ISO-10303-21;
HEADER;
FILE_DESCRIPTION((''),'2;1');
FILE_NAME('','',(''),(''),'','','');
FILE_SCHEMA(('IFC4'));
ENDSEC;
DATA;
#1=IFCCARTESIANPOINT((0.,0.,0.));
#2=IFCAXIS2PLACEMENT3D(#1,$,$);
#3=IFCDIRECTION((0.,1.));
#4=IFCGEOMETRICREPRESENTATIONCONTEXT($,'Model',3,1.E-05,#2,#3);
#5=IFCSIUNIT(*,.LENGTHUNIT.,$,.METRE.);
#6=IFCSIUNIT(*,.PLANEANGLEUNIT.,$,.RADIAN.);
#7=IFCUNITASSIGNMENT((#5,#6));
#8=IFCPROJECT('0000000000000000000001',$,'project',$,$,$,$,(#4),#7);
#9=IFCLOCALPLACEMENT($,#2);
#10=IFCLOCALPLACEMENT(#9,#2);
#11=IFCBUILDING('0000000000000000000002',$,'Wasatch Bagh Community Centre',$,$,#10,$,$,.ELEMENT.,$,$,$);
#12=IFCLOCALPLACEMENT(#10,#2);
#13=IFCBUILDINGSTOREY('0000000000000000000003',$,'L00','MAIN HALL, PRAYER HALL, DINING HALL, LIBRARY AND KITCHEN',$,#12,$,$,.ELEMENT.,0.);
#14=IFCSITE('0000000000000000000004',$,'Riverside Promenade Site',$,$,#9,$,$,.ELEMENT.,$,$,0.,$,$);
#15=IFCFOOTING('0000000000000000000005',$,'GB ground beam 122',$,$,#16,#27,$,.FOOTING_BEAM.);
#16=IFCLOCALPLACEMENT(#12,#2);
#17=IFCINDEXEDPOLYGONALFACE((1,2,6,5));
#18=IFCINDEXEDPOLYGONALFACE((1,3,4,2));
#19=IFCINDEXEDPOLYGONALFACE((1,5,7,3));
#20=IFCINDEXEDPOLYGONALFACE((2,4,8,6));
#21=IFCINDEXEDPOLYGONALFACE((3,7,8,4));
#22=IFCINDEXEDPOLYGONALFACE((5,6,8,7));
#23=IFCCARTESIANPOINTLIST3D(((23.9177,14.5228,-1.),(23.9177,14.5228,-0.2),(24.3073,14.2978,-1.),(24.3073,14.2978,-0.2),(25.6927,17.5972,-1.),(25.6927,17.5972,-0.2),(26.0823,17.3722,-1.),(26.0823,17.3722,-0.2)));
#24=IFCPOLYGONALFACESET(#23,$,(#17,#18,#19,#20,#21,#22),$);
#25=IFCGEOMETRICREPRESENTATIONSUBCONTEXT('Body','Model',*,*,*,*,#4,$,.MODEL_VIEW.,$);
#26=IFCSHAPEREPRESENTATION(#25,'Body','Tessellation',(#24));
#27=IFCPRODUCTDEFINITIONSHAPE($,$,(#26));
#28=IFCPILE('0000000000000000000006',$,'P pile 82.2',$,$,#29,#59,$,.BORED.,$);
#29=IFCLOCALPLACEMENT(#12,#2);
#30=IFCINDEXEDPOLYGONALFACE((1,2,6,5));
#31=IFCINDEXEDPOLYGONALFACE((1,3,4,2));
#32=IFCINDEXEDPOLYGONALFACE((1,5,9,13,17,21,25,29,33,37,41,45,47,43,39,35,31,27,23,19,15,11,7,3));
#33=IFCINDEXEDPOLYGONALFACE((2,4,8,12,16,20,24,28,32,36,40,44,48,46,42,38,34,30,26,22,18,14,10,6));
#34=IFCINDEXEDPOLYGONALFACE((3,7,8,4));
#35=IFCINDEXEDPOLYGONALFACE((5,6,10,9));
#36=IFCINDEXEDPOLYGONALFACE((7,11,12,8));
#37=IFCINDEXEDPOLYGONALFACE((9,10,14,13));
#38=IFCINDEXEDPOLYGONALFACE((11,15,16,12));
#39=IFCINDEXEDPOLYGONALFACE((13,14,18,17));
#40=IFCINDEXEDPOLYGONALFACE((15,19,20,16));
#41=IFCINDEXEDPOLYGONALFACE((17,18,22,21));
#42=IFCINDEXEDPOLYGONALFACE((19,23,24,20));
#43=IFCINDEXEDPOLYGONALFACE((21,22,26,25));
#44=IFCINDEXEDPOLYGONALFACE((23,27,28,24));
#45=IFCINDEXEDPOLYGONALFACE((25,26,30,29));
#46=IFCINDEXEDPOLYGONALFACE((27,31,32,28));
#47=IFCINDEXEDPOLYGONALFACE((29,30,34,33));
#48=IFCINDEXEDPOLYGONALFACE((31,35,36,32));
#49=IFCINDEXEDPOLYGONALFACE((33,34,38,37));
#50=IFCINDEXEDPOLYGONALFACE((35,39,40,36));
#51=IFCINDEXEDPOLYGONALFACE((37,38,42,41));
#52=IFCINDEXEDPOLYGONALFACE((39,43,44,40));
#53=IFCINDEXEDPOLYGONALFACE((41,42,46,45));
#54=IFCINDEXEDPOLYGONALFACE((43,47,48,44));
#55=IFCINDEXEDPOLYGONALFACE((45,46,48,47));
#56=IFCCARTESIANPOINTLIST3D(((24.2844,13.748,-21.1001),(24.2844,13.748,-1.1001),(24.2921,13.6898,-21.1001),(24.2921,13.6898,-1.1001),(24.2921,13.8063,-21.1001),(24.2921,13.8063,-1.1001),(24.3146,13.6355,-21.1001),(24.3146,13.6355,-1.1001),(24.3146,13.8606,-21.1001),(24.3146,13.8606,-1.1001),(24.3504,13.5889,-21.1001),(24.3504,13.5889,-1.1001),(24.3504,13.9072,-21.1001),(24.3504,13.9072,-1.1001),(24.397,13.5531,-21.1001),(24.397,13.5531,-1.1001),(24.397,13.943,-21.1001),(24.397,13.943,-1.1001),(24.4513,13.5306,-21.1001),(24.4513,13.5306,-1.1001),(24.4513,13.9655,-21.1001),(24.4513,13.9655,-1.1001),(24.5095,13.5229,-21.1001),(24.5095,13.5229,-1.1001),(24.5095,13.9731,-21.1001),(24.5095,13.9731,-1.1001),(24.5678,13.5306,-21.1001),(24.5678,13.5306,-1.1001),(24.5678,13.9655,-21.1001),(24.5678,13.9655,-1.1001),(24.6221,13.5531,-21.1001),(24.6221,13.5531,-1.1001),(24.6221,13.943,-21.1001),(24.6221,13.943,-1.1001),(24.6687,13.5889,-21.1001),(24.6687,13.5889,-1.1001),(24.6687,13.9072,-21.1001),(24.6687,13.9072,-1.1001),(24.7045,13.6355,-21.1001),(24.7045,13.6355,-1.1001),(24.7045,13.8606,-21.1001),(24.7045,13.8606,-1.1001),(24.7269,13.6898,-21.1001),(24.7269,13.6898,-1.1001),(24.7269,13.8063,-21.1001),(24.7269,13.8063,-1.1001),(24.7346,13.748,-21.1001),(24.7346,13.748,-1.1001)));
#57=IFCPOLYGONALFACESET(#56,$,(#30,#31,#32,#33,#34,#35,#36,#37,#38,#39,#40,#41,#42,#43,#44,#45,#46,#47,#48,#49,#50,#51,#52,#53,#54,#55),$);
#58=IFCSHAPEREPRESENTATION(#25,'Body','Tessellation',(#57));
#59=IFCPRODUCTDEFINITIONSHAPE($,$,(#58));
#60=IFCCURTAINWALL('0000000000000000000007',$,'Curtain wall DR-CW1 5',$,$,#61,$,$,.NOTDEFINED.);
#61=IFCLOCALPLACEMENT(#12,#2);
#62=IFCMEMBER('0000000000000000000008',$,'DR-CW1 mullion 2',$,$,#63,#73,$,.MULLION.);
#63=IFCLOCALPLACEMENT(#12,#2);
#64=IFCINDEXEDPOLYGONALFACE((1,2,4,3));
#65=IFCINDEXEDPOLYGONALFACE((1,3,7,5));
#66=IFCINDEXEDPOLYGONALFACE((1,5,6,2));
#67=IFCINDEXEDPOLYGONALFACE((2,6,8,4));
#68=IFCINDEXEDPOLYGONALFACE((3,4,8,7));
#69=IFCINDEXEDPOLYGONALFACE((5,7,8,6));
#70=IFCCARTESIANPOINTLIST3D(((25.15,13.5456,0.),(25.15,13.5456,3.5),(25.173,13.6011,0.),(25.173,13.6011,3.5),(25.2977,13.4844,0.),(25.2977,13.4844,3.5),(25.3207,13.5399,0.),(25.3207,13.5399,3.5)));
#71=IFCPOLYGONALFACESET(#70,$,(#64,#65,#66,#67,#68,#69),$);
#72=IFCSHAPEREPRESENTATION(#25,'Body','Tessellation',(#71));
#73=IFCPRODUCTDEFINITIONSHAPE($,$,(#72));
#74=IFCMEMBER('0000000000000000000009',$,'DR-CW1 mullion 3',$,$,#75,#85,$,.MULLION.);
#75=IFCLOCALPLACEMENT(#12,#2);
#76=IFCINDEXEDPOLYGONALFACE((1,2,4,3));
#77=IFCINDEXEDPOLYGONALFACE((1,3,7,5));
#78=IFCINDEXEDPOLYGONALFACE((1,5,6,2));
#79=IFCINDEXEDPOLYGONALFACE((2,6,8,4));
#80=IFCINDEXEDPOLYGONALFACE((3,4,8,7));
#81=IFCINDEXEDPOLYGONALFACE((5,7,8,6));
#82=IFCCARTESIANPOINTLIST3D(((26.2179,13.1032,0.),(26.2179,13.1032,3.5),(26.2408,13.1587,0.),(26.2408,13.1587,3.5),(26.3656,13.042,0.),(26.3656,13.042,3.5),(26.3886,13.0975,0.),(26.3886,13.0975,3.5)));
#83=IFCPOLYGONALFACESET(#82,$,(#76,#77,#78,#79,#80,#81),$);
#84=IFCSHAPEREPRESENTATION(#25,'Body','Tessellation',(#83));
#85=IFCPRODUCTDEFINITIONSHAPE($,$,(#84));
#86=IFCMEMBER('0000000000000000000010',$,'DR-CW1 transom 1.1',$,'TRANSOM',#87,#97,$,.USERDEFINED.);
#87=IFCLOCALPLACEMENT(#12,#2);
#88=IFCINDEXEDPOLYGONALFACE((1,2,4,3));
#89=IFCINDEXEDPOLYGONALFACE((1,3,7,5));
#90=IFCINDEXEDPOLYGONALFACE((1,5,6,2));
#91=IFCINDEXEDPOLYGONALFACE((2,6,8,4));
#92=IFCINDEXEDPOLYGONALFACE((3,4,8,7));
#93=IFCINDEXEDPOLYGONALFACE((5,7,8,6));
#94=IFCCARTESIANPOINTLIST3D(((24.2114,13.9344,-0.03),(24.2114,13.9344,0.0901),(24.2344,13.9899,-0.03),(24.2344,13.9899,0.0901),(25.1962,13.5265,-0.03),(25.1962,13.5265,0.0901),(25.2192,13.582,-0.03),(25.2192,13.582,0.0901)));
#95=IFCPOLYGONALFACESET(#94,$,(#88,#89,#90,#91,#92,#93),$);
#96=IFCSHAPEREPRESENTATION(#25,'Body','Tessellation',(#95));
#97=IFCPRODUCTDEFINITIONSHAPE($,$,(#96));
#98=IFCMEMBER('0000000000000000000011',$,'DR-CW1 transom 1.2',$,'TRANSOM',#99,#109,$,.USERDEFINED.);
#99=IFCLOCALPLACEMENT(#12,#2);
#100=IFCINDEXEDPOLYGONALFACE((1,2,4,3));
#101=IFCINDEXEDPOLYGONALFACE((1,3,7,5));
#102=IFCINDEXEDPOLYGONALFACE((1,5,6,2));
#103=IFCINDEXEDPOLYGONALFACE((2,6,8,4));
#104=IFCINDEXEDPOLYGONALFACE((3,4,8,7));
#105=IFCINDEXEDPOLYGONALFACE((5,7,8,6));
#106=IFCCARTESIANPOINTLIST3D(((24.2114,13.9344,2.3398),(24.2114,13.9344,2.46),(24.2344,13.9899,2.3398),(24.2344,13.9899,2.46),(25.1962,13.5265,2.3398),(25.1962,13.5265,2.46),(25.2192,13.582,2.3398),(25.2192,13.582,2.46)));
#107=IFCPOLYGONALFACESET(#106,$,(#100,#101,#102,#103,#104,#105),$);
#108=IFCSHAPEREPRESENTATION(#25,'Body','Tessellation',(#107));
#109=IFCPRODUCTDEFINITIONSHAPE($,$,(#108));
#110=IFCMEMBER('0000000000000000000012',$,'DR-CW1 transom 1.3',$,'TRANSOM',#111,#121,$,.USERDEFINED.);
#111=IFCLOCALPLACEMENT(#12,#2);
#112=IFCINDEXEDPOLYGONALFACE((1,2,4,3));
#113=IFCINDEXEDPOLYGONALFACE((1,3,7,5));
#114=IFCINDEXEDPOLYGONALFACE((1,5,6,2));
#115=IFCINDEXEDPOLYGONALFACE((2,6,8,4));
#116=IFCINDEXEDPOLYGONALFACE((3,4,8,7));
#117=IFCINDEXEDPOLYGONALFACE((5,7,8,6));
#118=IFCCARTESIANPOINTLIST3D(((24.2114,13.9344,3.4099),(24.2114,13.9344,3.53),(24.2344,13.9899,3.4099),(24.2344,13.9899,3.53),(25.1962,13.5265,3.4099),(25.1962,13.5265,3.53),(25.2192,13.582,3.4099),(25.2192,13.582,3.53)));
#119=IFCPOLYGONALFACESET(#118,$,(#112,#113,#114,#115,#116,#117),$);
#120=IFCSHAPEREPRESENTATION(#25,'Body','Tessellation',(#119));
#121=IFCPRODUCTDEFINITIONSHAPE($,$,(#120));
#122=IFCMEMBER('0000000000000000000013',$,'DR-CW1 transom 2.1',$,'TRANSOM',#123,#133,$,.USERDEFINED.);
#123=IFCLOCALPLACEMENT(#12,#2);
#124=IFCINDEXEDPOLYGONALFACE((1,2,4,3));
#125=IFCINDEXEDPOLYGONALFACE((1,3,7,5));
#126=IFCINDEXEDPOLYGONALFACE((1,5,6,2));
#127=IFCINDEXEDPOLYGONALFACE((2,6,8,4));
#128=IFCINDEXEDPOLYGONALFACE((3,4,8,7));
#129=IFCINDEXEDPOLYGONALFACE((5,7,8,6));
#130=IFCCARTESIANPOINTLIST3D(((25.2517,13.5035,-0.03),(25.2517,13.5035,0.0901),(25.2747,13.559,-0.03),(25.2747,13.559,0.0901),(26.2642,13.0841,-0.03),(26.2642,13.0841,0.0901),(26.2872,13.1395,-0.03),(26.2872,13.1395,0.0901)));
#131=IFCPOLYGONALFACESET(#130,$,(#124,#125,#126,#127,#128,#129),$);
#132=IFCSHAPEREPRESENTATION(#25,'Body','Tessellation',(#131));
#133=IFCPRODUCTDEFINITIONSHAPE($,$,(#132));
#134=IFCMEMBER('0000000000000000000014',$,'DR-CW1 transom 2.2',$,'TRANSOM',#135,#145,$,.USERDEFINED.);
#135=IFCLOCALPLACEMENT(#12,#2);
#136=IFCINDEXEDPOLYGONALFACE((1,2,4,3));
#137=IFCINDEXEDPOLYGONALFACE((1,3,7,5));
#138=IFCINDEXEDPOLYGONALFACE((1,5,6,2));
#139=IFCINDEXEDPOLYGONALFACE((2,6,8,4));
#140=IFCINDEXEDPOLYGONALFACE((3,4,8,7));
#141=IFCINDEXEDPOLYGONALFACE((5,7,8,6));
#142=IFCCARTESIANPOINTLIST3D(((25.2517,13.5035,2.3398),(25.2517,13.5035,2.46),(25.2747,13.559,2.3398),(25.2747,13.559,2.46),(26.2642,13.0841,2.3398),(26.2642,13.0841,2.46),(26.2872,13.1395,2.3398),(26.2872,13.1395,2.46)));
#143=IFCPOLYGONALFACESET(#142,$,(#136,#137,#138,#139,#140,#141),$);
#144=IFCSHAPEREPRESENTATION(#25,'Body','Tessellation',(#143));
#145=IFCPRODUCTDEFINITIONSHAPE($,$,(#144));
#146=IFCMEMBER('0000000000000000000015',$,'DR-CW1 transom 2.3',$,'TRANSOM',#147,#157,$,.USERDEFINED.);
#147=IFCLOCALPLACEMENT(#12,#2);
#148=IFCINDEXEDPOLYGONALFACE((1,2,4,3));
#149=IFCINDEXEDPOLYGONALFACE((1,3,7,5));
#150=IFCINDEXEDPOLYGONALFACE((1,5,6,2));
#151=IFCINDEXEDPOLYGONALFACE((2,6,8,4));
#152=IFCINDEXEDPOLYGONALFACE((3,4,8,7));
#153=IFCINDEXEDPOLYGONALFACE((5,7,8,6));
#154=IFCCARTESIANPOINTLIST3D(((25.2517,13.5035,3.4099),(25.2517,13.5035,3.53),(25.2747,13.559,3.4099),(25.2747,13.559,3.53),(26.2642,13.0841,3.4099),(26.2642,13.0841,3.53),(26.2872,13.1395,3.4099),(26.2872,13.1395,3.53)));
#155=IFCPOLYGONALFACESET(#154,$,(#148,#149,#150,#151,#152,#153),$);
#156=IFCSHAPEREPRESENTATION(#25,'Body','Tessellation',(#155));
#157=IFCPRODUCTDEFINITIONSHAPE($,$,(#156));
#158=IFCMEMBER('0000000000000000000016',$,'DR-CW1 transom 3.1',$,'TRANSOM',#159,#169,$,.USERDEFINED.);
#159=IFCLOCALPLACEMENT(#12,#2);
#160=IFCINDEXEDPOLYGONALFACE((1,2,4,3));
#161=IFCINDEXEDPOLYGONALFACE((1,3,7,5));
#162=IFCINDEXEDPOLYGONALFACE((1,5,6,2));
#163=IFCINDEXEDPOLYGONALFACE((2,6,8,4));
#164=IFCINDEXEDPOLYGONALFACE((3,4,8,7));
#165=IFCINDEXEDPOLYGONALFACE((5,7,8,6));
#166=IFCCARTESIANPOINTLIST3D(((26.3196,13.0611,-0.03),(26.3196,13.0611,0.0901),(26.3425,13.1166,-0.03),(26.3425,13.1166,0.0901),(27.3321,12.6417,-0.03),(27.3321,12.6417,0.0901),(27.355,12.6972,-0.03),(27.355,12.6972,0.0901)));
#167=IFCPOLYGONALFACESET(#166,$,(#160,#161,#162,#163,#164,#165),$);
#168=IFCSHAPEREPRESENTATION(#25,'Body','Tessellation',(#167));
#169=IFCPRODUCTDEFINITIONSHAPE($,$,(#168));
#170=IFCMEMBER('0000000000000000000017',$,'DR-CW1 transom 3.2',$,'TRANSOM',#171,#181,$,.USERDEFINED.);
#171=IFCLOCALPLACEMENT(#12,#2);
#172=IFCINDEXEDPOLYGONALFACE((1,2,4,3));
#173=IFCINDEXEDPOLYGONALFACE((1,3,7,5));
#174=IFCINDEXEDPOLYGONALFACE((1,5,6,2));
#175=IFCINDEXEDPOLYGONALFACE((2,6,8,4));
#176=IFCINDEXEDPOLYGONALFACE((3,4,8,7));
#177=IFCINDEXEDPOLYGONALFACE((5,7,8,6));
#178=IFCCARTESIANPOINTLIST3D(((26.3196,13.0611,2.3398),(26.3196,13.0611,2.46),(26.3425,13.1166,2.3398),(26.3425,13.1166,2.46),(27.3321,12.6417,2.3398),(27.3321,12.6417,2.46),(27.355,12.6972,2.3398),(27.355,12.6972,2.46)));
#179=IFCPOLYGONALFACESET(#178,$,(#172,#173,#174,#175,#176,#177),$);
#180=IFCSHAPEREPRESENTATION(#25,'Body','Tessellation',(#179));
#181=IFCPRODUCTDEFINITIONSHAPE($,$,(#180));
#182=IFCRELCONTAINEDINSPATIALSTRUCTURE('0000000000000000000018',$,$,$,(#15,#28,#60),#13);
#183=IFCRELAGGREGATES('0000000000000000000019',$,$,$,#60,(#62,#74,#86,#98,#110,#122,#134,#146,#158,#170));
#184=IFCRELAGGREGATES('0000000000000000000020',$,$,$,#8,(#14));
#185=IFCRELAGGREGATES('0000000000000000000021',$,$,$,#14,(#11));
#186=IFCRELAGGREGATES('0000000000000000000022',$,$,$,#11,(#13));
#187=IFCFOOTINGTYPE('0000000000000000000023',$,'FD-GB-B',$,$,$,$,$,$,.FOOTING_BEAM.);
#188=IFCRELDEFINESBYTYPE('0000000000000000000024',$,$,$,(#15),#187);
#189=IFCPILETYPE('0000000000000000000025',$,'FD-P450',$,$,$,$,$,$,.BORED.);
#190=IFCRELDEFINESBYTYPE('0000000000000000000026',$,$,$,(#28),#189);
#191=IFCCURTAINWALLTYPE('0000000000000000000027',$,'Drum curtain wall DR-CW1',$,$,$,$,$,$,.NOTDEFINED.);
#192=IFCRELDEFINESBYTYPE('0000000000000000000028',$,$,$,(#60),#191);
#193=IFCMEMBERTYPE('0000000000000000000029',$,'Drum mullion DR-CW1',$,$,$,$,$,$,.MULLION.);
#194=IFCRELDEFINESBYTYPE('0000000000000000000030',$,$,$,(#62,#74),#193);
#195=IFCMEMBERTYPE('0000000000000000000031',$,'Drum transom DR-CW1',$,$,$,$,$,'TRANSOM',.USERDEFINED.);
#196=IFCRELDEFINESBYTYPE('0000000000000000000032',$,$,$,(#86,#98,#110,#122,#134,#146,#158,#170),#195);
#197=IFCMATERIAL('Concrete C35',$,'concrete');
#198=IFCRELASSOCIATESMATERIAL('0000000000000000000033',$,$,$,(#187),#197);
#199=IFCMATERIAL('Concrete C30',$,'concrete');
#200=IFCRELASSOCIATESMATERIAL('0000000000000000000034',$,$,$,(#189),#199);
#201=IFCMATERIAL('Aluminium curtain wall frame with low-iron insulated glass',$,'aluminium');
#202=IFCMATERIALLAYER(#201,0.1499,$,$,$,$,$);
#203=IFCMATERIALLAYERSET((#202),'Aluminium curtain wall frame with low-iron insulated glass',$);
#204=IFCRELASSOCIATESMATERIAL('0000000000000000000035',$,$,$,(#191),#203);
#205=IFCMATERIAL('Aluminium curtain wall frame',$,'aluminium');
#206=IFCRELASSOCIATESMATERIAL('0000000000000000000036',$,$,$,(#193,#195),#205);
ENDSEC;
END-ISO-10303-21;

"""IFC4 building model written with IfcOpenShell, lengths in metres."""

from ifc_helpers import new_model, si_unit, direction, frame, origin, origin_2d, place, context, subcontext, project, spatial, rectangle, circle, extrude, material, layer, layer_set, material_profile, profile_set, type_object, element, aggregate, save


model = new_model("IFC4")

# Units and contexts
model_context = context("Model", 3, precision=1e-05, world=origin(), true_north=direction((0.0, 1.0)))
body_context = subcontext(model_context, "Body", "Model", "MODEL_VIEW")
ifc_project = project(units=[si_unit("LENGTHUNIT", "METRE"), si_unit("PLANEANGLEUNIT", "RADIAN")], contexts=[model_context])

# Site, building, storey
site_placement = place(None, origin())
site = spatial("IfcSite", under=ifc_project, at=site_placement, Name="Riverside Promenade Site", CompositionType="ELEMENT", RefElevation=0.0)
building_placement = place(site_placement, origin())
building = spatial("IfcBuilding", under=site, at=building_placement, Name="Wasatch Bagh Community Centre", CompositionType="ELEMENT")
storey_placement = place(building_placement, origin())
storey = spatial("IfcBuildingStorey", under=building, at=storey_placement, Name="L00", Description="MAIN HALL, PRAYER HALL, DINING HALL, LIBRARY AND KITCHEN", CompositionType="ELEMENT", Elevation=0.0)

# Footing
ifc_material_1 = material(Name="Concrete C35", Category="concrete")
footing_type = type_object("IfcFootingType", Name="FD-GB-B", PredefinedType="FOOTING_BEAM", material=ifc_material_1)
footing_placement = place(storey_placement, frame((25.0, 15.9475, -1.0), z_axis=(0.0, 0.0, 1.0), x_axis=(-0.5, -0.866025, 0.0)))
element("IfcFooting", 1, at=footing_placement, inside=storey, type_object=footing_type, Name="GB ground beam 122", PredefinedType="FOOTING_BEAM", context=body_context, shape_type="SweptSolid", body=[
    extrude(rectangle(XDim=3.55, YDim=0.45, at=origin_2d()), origin(), (0.0, 0.0, 1.0), 0.8),
])

# Pile
ifc_material_2 = material(Name="Concrete C30", Category="concrete")
ifc_material_profile_1 = material_profile(ifc_material_2, circle(Radius=0.2251, at=origin_2d()), Name="RC D450")
ifc_profile_set_1 = profile_set([ifc_material_profile_1], Name="Concrete C30")
pile_type = type_object("IfcPileType", Name="FD-P450", PredefinedType="BORED", material=ifc_profile_set_1)
pile_placement = place(storey_placement, frame((24.5095, 13.748, -1.1001), z_axis=(0.0, 0.0, -1.0), x_axis=(1.0, 0.0, 0.0)))
element("IfcPile", 2, at=pile_placement, inside=storey, type_object=pile_type, Name="P pile 82.2", PredefinedType="BORED", context=body_context, shape_type="SweptSolid", body=[
    extrude(circle(Radius=0.2251, at=origin_2d()), origin(), (0.0, 0.0, 1.0), 20.0),
])

# Curtain wall, members
ifc_material_3 = material(Name="Aluminium curtain wall frame with low-iron insulated glass", Category="aluminium")
ifc_layer_1 = layer(ifc_material_3, 0.1499)
ifc_layer_set_1 = layer_set([ifc_layer_1], Name="Aluminium curtain wall frame with low-iron insulated glass")
curtain_wall_type = type_object("IfcCurtainWallType", Name="Drum curtain wall DR-CW1", PredefinedType="NOTDEFINED", material=ifc_layer_set_1)
curtain_wall_placement = place(storey_placement, origin())
curtain_wall = element("IfcCurtainWall", 3, at=curtain_wall_placement, inside=storey, type_object=curtain_wall_type, Name="Curtain wall DR-CW1 5", PredefinedType="NOTDEFINED")
ifc_material_4 = material(Name="Aluminium curtain wall frame", Category="aluminium")
ifc_material_profile_2 = material_profile(ifc_material_4, rectangle(XDim=0.0601, YDim=0.1599, at=origin_2d()), Name="Drum mullion DR-CW1")
ifc_profile_set_2 = profile_set([ifc_material_profile_2], Name="Aluminium curtain wall frame")
member_type_1 = type_object("IfcMemberType", Name="Drum mullion DR-CW1", PredefinedType="MULLION", material=ifc_profile_set_2)
member_1_placement = place(storey_placement, frame((25.2354, 13.5427, 0.0), z_axis=(0.0, 0.0, 1.0), x_axis=(0.382683, 0.92388, 0.0)))
member_1 = element("IfcMember", 4, at=member_1_placement, type_object=member_type_1, Name="DR-CW1 mullion 2", PredefinedType="MULLION", context=body_context, shape_type="SweptSolid", body=[
    extrude(rectangle(XDim=0.0601, YDim=0.1599, at=origin_2d()), origin(), (0.0, 0.0, 1.0), 3.5),
])
member_2_placement = place(storey_placement, frame((26.3032, 13.1003, 0.0), z_axis=(0.0, 0.0, 1.0), x_axis=(0.382683, 0.92388, 0.0)))
member_2 = element("IfcMember", 5, at=member_2_placement, type_object=member_type_1, Name="DR-CW1 mullion 3", PredefinedType="MULLION", context=body_context, shape_type="SweptSolid", body=[
    extrude(rectangle(XDim=0.0601, YDim=0.1599, at=origin_2d()), origin(), (0.0, 0.0, 1.0), 3.5),
])
ifc_material_profile_3 = material_profile(ifc_material_4, rectangle(XDim=0.0601, YDim=0.1201, at=origin_2d()), Name="Drum transom DR-CW1")
ifc_profile_set_3 = profile_set([ifc_material_profile_3], Name="Aluminium curtain wall frame")
member_type_2 = type_object("IfcMemberType", Name="Drum transom DR-CW1", ElementType="TRANSOM", PredefinedType="USERDEFINED", material=ifc_profile_set_3)
member_3_placement = place(storey_placement, frame((24.2229, 13.9622, 0.03), z_axis=(0.923874, -0.382696, 0.0), x_axis=(0.382696, 0.923874, 0.0)))
member_3 = element("IfcMember", 6, at=member_3_placement, type_object=member_type_2, Name="DR-CW1 transom 1.1", ObjectType="TRANSOM", PredefinedType="USERDEFINED", context=body_context, shape_type="SweptSolid", body=[
    extrude(rectangle(XDim=0.0601, YDim=0.1201, at=origin_2d()), origin(), (0.0, 0.0, 1.0), 1.0659),
])
member_4_placement = place(storey_placement, frame((24.2229, 13.9622, 2.3999), z_axis=(0.923874, -0.382696, 0.0), x_axis=(0.382696, 0.923874, 0.0)))
member_4 = element("IfcMember", 7, at=member_4_placement, type_object=member_type_2, Name="DR-CW1 transom 1.2", ObjectType="TRANSOM", PredefinedType="USERDEFINED", context=body_context, shape_type="SweptSolid", body=[
    extrude(rectangle(XDim=0.0601, YDim=0.1201, at=origin_2d()), origin(), (0.0, 0.0, 1.0), 1.0659),
])
member_5_placement = place(storey_placement, frame((24.2229, 13.9622, 3.47), z_axis=(0.923874, -0.382696, 0.0), x_axis=(0.382696, 0.923874, 0.0)))
member_5 = element("IfcMember", 8, at=member_5_placement, type_object=member_type_2, Name="DR-CW1 transom 1.3", ObjectType="TRANSOM", PredefinedType="USERDEFINED", context=body_context, shape_type="SweptSolid", body=[
    extrude(rectangle(XDim=0.0601, YDim=0.1201, at=origin_2d()), origin(), (0.0, 0.0, 1.0), 1.0659),
])
member_6_placement = place(storey_placement, frame((25.2632, 13.5312, 0.03), z_axis=(0.923859, -0.382732, 0.0), x_axis=(0.382732, 0.923859, 0.0)))
member_6 = element("IfcMember", 9, at=member_6_placement, type_object=member_type_2, Name="DR-CW1 transom 2.1", ObjectType="TRANSOM", PredefinedType="USERDEFINED", context=body_context, shape_type="SweptSolid", body=[
    extrude(rectangle(XDim=0.0601, YDim=0.1201, at=origin_2d()), origin(), (0.0, 0.0, 1.0), 1.0959),
])
member_7_placement = place(storey_placement, frame((25.2632, 13.5312, 2.3999), z_axis=(0.923859, -0.382732, 0.0), x_axis=(0.382732, 0.923859, 0.0)))
member_7 = element("IfcMember", 10, at=member_7_placement, type_object=member_type_2, Name="DR-CW1 transom 2.2", ObjectType="TRANSOM", PredefinedType="USERDEFINED", context=body_context, shape_type="SweptSolid", body=[
    extrude(rectangle(XDim=0.0601, YDim=0.1201, at=origin_2d()), origin(), (0.0, 0.0, 1.0), 1.0959),
])
member_8_placement = place(storey_placement, frame((25.2632, 13.5312, 3.47), z_axis=(0.923859, -0.382732, 0.0), x_axis=(0.382732, 0.923859, 0.0)))
member_8 = element("IfcMember", 11, at=member_8_placement, type_object=member_type_2, Name="DR-CW1 transom 2.3", ObjectType="TRANSOM", PredefinedType="USERDEFINED", context=body_context, shape_type="SweptSolid", body=[
    extrude(rectangle(XDim=0.0601, YDim=0.1201, at=origin_2d()), origin(), (0.0, 0.0, 1.0), 1.0959),
])
member_9_placement = place(storey_placement, frame((26.3311, 13.0889, 0.03), z_axis=(0.923859, -0.382732, 0.0), x_axis=(0.382732, 0.923859, 0.0)))
member_9 = element("IfcMember", 12, at=member_9_placement, type_object=member_type_2, Name="DR-CW1 transom 3.1", ObjectType="TRANSOM", PredefinedType="USERDEFINED", context=body_context, shape_type="SweptSolid", body=[
    extrude(rectangle(XDim=0.0601, YDim=0.1201, at=origin_2d()), origin(), (0.0, 0.0, 1.0), 1.0959),
])
member_10_placement = place(storey_placement, frame((26.3311, 13.0889, 2.3999), z_axis=(0.923859, -0.382732, 0.0), x_axis=(0.382732, 0.923859, 0.0)))
member_10 = element("IfcMember", 13, at=member_10_placement, type_object=member_type_2, Name="DR-CW1 transom 3.2", ObjectType="TRANSOM", PredefinedType="USERDEFINED", context=body_context, shape_type="SweptSolid", body=[
    extrude(rectangle(XDim=0.0601, YDim=0.1201, at=origin_2d()), origin(), (0.0, 0.0, 1.0), 1.0959),
])
aggregate(curtain_wall, [member_1, member_2, member_3, member_4, member_5, member_6, member_7, member_8, member_9, member_10])

save(model, "model.ifc")
